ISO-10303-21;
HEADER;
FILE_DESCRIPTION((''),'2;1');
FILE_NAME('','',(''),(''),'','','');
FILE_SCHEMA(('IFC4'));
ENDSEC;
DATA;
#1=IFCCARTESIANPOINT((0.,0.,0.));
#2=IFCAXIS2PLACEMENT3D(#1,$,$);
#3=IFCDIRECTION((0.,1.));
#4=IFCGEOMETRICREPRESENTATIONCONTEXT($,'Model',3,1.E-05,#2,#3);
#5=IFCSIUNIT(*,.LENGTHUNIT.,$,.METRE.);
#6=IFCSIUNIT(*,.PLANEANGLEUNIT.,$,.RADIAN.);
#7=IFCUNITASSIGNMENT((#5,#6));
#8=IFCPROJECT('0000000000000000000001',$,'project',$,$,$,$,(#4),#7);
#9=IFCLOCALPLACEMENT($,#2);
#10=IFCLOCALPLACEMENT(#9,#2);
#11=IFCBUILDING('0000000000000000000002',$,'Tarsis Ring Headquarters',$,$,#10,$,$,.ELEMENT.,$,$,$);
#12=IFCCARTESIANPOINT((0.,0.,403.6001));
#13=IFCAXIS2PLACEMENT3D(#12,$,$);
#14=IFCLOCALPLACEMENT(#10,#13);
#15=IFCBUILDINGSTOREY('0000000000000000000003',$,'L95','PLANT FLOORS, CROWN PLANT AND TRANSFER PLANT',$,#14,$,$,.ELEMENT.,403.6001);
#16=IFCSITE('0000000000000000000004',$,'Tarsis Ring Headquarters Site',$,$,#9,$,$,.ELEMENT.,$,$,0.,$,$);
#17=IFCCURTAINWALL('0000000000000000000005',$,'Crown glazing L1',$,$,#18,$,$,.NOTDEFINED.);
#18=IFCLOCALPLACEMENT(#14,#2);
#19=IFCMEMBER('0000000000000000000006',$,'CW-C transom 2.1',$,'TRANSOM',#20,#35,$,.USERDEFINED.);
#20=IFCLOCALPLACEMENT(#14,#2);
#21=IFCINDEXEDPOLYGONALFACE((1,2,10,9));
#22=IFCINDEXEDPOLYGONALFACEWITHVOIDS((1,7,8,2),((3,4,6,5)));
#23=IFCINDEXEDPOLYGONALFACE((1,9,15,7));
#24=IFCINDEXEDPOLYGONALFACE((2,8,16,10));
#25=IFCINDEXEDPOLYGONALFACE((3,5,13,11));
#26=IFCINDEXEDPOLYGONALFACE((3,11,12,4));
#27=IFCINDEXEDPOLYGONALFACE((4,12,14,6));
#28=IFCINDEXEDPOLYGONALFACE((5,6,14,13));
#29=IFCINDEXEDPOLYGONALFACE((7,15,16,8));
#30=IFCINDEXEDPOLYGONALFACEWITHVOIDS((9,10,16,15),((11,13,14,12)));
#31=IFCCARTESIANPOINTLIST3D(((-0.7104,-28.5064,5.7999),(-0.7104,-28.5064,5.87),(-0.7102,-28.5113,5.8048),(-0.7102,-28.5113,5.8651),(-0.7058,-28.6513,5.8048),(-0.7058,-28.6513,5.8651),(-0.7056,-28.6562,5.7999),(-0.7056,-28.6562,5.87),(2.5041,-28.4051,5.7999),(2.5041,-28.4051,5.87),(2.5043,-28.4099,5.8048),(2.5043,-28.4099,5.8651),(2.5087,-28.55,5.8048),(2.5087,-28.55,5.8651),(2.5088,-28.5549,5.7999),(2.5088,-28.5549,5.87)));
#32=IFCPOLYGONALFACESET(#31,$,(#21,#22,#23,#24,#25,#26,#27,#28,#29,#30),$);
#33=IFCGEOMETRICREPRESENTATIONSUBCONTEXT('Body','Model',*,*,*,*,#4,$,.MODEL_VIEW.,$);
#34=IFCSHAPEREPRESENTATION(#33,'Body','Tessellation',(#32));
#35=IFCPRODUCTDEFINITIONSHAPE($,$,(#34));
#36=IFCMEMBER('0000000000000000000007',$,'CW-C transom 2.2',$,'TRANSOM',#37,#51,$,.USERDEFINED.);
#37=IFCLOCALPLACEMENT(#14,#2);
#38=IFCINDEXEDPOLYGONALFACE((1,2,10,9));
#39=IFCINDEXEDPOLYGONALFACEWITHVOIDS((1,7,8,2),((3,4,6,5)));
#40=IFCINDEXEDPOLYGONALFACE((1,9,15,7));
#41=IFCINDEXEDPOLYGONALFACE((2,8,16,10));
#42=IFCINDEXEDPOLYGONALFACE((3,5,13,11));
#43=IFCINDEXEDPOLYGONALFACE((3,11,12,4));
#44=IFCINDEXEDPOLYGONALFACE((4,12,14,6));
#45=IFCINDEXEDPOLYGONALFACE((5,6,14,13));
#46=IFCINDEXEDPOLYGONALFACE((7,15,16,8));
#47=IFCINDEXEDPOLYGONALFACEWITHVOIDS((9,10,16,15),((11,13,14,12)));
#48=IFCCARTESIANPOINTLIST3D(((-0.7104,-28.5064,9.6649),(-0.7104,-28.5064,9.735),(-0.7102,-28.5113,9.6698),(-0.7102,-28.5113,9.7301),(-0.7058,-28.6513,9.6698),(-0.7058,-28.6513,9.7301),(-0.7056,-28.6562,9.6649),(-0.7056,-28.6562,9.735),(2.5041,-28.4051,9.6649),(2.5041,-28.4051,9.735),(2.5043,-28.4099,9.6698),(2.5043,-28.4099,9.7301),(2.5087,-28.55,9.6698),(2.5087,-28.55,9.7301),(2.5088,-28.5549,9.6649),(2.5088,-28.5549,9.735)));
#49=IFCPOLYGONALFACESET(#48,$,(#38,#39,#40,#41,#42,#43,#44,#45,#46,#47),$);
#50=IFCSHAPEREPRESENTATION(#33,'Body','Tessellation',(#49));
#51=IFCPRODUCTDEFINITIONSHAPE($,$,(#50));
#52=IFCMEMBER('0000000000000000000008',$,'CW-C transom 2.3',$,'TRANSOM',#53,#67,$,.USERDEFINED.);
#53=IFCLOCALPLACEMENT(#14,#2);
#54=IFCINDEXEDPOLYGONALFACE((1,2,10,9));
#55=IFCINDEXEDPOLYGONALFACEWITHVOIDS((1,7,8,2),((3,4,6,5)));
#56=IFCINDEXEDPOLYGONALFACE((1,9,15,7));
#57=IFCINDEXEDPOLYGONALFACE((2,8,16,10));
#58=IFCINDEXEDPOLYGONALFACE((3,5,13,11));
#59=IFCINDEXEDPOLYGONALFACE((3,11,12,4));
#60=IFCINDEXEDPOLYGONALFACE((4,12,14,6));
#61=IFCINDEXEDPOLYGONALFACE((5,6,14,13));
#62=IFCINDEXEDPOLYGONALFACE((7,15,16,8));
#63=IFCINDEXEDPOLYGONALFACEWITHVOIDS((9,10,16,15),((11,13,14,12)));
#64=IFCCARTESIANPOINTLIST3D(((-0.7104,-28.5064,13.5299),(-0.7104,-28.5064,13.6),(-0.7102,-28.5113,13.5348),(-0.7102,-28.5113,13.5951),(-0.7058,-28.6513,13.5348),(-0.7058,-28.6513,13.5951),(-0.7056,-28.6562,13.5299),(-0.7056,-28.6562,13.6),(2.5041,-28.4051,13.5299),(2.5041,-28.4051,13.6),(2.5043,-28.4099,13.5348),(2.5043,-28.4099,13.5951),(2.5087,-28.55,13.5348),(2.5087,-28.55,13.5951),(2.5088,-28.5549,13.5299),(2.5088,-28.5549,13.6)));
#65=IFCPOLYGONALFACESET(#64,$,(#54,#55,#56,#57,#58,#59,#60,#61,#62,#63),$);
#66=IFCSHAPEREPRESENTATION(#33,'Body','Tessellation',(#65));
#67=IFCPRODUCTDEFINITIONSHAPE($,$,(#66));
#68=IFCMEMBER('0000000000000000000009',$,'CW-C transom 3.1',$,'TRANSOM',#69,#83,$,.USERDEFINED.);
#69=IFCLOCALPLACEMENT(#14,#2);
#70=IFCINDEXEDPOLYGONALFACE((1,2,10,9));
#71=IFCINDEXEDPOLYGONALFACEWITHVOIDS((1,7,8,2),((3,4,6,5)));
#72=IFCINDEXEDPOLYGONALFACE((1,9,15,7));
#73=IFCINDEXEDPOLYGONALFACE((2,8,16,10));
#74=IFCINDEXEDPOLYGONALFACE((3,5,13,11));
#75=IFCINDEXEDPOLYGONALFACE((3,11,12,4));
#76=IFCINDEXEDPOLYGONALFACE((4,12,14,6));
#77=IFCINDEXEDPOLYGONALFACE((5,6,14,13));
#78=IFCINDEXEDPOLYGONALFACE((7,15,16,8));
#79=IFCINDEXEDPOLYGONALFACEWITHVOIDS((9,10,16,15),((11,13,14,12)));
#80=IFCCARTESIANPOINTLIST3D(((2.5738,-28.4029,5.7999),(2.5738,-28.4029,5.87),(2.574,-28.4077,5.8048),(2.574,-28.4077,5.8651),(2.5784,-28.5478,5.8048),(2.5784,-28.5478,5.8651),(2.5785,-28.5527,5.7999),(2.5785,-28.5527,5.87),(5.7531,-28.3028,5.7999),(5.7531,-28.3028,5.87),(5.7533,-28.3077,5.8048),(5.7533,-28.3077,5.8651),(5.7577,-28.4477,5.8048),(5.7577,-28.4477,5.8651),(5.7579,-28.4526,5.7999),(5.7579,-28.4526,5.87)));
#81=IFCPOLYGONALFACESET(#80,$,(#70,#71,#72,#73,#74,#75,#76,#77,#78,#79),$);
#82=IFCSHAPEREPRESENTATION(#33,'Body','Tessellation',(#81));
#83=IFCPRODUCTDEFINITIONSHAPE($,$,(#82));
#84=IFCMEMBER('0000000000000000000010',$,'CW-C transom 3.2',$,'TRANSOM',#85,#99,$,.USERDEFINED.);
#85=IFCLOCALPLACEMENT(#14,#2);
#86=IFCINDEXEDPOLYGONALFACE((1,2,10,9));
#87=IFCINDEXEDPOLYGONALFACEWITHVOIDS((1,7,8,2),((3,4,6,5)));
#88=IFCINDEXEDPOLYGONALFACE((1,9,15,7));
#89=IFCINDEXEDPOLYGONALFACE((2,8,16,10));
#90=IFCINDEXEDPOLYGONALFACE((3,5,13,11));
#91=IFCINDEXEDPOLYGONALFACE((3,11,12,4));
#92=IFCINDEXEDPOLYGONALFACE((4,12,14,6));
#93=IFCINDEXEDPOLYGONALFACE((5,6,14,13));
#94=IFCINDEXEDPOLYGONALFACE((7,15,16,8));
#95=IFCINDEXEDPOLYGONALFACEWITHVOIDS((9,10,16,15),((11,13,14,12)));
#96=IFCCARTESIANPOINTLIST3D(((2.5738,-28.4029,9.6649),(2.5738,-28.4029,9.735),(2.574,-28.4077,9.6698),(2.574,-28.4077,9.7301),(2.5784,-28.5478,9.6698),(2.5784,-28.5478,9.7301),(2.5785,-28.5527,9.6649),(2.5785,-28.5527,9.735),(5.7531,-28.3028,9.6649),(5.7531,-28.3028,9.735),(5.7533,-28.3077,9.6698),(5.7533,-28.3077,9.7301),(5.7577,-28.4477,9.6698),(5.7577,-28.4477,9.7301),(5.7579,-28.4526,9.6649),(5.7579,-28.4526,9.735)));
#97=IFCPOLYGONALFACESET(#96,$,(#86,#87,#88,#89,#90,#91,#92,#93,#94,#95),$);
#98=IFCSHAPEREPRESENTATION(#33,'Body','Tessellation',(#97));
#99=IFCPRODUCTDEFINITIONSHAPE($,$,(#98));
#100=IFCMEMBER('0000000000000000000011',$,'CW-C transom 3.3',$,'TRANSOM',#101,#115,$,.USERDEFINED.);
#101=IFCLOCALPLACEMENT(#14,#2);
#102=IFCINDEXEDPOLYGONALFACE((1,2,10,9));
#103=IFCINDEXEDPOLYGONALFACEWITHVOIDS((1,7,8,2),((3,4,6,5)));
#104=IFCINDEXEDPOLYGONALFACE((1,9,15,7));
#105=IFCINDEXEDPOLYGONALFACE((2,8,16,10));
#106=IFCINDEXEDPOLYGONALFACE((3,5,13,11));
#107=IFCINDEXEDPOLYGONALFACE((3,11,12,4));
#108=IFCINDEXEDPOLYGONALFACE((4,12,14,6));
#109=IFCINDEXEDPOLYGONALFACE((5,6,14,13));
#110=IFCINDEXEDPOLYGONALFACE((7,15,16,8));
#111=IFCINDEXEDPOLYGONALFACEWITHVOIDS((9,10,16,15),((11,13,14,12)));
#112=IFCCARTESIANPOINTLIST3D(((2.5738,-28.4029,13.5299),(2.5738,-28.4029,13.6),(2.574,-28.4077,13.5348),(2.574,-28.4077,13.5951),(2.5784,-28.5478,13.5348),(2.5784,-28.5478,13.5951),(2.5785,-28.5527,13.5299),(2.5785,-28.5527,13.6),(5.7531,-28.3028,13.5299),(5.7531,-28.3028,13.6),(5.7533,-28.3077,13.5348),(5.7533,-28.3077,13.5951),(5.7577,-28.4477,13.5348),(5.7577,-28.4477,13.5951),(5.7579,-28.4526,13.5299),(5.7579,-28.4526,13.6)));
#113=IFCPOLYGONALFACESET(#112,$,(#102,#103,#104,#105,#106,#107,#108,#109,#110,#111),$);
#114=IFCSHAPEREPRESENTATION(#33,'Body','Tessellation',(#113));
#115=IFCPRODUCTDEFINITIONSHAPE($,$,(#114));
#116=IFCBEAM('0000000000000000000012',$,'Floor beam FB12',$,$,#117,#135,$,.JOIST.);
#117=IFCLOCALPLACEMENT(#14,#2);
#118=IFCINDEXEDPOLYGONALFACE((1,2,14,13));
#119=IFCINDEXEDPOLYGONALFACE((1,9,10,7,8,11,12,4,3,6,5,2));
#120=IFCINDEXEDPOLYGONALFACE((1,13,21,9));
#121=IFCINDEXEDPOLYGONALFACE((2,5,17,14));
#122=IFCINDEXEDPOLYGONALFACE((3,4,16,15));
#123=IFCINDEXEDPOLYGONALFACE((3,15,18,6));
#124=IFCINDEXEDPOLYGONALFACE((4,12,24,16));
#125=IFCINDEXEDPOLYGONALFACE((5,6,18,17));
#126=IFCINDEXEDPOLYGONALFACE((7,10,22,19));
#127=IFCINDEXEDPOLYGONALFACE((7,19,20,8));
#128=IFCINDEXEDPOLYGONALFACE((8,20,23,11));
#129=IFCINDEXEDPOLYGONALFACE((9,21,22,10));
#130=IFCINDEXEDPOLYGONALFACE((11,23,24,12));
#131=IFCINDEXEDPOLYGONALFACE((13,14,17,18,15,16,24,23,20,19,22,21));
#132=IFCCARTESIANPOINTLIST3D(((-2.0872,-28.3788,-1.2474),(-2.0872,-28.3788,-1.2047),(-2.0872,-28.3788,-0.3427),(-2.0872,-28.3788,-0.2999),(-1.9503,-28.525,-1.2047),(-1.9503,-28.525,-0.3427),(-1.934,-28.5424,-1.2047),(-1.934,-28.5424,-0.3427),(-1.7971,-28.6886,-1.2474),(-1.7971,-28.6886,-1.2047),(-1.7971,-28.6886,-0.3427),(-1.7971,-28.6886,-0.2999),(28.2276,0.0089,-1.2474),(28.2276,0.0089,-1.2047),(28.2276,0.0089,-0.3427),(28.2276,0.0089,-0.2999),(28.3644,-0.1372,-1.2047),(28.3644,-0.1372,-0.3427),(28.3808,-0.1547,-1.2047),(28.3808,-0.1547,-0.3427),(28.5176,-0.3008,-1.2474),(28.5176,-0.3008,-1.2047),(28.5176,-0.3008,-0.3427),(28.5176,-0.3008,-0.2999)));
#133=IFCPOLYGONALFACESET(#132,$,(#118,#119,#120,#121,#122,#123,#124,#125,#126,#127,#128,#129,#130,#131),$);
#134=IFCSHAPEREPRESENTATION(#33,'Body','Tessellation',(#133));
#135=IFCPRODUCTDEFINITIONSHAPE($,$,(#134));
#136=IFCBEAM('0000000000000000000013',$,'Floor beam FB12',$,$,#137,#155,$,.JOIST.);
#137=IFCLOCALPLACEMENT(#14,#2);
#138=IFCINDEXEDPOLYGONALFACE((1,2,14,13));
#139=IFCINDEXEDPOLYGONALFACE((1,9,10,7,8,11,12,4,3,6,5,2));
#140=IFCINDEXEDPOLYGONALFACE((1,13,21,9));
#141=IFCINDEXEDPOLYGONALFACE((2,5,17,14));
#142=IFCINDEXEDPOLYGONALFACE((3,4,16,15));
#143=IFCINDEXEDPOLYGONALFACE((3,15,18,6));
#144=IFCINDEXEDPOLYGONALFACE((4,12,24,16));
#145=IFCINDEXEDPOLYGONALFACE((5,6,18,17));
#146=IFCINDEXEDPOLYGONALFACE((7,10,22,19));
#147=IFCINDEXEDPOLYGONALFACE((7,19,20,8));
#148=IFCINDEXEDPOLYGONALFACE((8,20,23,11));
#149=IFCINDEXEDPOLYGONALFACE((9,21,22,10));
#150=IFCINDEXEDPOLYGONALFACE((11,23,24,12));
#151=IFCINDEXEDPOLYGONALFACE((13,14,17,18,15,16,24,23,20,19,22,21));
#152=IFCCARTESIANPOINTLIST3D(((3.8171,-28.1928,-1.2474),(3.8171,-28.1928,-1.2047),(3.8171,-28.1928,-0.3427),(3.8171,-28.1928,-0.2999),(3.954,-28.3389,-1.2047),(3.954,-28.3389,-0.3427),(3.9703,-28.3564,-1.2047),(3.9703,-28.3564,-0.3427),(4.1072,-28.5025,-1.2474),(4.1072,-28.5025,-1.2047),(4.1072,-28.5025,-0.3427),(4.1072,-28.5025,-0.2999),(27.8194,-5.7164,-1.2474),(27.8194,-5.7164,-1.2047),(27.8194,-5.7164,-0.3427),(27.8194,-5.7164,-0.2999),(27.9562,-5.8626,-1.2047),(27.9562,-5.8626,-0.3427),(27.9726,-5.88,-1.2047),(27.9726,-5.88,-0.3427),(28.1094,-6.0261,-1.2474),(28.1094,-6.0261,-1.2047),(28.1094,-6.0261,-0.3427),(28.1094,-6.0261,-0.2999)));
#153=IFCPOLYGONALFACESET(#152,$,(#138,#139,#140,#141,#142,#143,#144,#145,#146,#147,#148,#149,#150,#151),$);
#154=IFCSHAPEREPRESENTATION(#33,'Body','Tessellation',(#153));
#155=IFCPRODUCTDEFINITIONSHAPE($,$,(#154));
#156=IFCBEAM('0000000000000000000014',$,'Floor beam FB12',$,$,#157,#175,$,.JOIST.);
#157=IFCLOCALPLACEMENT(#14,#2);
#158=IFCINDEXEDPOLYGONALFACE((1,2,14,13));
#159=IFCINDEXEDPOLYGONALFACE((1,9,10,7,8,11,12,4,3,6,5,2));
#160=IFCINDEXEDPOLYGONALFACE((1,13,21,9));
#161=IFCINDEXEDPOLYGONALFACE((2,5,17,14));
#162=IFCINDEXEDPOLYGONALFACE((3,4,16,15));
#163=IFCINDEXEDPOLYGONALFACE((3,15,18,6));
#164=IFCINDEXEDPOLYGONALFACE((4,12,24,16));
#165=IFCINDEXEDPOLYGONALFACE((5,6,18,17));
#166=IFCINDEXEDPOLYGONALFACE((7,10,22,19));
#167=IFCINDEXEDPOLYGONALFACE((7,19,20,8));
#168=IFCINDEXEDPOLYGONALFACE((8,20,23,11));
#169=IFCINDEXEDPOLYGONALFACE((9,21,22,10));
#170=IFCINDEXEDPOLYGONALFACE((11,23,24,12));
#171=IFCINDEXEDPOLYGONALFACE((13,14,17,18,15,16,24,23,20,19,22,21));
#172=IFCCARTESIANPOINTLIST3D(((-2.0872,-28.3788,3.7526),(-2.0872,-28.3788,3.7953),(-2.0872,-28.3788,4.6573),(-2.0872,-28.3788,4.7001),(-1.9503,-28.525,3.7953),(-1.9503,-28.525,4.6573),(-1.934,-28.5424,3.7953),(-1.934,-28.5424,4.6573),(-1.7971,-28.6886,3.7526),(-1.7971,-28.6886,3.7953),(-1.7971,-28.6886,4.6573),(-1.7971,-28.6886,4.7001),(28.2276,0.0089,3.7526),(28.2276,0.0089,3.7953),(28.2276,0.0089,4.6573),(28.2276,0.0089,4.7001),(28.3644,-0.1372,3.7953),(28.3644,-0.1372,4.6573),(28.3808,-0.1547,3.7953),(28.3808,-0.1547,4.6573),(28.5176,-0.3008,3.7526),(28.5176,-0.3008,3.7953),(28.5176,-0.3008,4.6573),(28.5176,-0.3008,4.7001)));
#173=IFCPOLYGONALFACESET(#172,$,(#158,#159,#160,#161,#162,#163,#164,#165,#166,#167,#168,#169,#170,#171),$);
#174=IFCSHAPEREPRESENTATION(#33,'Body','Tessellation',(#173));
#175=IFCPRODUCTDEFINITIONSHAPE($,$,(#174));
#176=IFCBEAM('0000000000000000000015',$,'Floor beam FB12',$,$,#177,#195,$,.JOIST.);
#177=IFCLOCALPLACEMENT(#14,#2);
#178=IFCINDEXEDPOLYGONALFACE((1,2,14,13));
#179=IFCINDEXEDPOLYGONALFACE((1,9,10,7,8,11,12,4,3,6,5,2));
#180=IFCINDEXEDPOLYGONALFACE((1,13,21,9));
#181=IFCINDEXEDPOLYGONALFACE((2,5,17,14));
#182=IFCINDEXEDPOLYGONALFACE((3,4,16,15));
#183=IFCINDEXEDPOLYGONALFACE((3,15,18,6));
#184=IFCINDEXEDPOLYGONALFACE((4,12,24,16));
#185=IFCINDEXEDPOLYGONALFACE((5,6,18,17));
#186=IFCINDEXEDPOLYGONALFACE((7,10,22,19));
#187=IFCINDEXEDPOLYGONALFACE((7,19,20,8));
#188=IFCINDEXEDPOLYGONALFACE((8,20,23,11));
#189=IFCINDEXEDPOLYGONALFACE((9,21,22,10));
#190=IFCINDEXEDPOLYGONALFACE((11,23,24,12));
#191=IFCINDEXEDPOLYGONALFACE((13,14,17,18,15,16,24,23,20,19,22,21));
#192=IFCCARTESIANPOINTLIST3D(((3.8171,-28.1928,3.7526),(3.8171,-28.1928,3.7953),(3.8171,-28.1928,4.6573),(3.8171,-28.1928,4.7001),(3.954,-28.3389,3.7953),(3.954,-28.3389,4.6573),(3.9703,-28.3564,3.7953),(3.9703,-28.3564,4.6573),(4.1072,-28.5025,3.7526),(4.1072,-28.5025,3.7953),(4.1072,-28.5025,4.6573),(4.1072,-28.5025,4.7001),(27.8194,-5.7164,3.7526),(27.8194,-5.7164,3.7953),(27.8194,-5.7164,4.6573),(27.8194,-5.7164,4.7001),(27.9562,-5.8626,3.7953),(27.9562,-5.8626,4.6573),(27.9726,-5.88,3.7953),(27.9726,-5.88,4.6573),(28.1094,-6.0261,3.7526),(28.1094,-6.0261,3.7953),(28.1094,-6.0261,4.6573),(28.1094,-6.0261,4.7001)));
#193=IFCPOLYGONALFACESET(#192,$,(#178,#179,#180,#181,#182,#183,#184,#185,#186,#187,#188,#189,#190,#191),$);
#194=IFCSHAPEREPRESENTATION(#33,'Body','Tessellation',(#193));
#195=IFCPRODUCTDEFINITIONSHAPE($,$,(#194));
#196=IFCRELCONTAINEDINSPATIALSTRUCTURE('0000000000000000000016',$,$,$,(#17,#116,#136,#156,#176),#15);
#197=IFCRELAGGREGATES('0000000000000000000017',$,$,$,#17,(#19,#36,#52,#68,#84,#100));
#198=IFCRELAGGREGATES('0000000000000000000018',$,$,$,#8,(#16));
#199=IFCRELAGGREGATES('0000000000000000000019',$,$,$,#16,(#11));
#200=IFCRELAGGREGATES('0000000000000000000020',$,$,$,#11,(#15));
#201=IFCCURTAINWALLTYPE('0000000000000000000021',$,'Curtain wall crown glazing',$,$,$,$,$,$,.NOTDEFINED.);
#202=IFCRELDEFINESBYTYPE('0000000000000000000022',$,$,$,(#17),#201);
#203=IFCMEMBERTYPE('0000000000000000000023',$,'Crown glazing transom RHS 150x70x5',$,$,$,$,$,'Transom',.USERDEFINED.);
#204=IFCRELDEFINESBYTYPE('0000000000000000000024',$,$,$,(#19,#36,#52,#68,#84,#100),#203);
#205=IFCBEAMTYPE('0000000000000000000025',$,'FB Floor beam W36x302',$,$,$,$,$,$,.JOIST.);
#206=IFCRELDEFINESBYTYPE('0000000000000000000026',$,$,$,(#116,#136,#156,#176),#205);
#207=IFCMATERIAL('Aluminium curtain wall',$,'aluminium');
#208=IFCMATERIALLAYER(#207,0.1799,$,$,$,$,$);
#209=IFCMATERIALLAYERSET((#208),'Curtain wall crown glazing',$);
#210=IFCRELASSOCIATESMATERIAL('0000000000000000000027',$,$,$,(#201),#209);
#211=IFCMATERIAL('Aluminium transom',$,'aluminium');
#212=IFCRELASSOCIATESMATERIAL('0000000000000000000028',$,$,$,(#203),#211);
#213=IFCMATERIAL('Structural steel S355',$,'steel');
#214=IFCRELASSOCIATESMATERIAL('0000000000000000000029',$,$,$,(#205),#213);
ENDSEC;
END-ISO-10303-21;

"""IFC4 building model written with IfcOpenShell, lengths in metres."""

from ifc_helpers import new_model, si_unit, direction, frame, origin, origin_2d, place, context, subcontext, project, spatial, hollow_rectangle, i_section, extrude, material, layer, layer_set, material_profile, profile_set, type_object, element, aggregate, save


model = new_model("IFC4")

# Units and contexts
model_context = context("Model", 3, precision=1e-05, world=origin(), true_north=direction((0.0, 1.0)))
body_context = subcontext(model_context, "Body", "Model", "MODEL_VIEW")
ifc_project = project(units=[si_unit("LENGTHUNIT", "METRE"), si_unit("PLANEANGLEUNIT", "RADIAN")], contexts=[model_context])

# Site, building, storey
site_placement = place(None, origin())
site = spatial("IfcSite", under=ifc_project, at=site_placement, Name="Tarsis Ring Headquarters Site", CompositionType="ELEMENT", RefElevation=0.0)
building_placement = place(site_placement, origin())
building = spatial("IfcBuilding", under=site, at=building_placement, Name="Tarsis Ring Headquarters", CompositionType="ELEMENT")
storey_placement = place(building_placement, frame((0.0, 0.0, 403.6001)))
storey = spatial("IfcBuildingStorey", under=building, at=storey_placement, Name="L95", Description="PLANT FLOORS, CROWN PLANT AND TRANSFER PLANT", CompositionType="ELEMENT", Elevation=403.6001)

# Shared definitions
ifc_material_1 = material(Name="Structural steel S355", Category="steel")

# Curtain wall, members
ifc_material_2 = material(Name="Aluminium curtain wall", Category="aluminium")
ifc_layer_1 = layer(ifc_material_2, 0.1799)
ifc_layer_set_1 = layer_set([ifc_layer_1], Name="Curtain wall crown glazing")
curtain_wall_type = type_object("IfcCurtainWallType", Name="Curtain wall crown glazing", PredefinedType="NOTDEFINED", material=ifc_layer_set_1)
curtain_wall_placement = place(storey_placement, origin())
curtain_wall = element("IfcCurtainWall", 1, at=curtain_wall_placement, inside=storey, type_object=curtain_wall_type, Name="Crown glazing L1", PredefinedType="NOTDEFINED")
ifc_material_3 = material(Name="Aluminium transom", Category="aluminium")
ifc_material_profile_1 = material_profile(ifc_material_3, hollow_rectangle(XDim=0.1499, YDim=0.0701, WallThickness=0.0049, at=origin_2d()), Name="RHS 150x70x5")
ifc_profile_set_1 = profile_set([ifc_material_profile_1], Name="Aluminium transom")
member_type_1 = type_object("IfcMemberType", Name="Crown glazing transom RHS 150x70x5", ElementType="Transom", PredefinedType="USERDEFINED", material=ifc_profile_set_1)
member_1_placement = place(storey_placement, frame((-0.708, -28.5813, 5.835), z_axis=(0.999504, 0.031505, 0.0), x_axis=(-0.031505, 0.999504, 0.0)))
member_1 = element("IfcMember", 2, at=member_1_placement, type_object=member_type_1, Name="CW-C transom 2.1", ObjectType="TRANSOM", PredefinedType="USERDEFINED", context=body_context, shape_type="SweptSolid", body=[
    extrude(hollow_rectangle(XDim=0.1499, YDim=0.0701, WallThickness=0.0049, at=origin_2d()), origin(), (0.0, 0.0, 1.0), 3.2161),
])
member_2_placement = place(storey_placement, frame((-0.708, -28.5813, 9.7), z_axis=(0.999504, 0.031505, 0.0), x_axis=(-0.031505, 0.999504, 0.0)))
member_2 = element("IfcMember", 3, at=member_2_placement, type_object=member_type_1, Name="CW-C transom 2.2", ObjectType="TRANSOM", PredefinedType="USERDEFINED", context=body_context, shape_type="SweptSolid", body=[
    extrude(hollow_rectangle(XDim=0.1499, YDim=0.0701, WallThickness=0.0049, at=origin_2d()), origin(), (0.0, 0.0, 1.0), 3.2161),
])
member_3_placement = place(storey_placement, frame((-0.708, -28.5813, 13.5649), z_axis=(0.999504, 0.031505, 0.0), x_axis=(-0.031505, 0.999504, 0.0)))
member_3 = element("IfcMember", 4, at=member_3_placement, type_object=member_type_1, Name="CW-C transom 2.3", ObjectType="TRANSOM", PredefinedType="USERDEFINED", context=body_context, shape_type="SweptSolid", body=[
    extrude(hollow_rectangle(XDim=0.1499, YDim=0.0701, WallThickness=0.0049, at=origin_2d()), origin(), (0.0, 0.0, 1.0), 3.2161),
])
member_4_placement = place(storey_placement, frame((2.5762, -28.4778, 5.835), z_axis=(0.999505, 0.031467, 0.0), x_axis=(-0.031467, 0.999505, 0.0)))
member_4 = element("IfcMember", 5, at=member_4_placement, type_object=member_type_1, Name="CW-C transom 3.1", ObjectType="TRANSOM", PredefinedType="USERDEFINED", context=body_context, shape_type="SweptSolid", body=[
    extrude(hollow_rectangle(XDim=0.1499, YDim=0.0701, WallThickness=0.0049, at=origin_2d()), origin(), (0.0, 0.0, 1.0), 3.1809),
])
member_5_placement = place(storey_placement, frame((2.5762, -28.4778, 9.7), z_axis=(0.999505, 0.031467, 0.0), x_axis=(-0.031467, 0.999505, 0.0)))
member_5 = element("IfcMember", 6, at=member_5_placement, type_object=member_type_1, Name="CW-C transom 3.2", ObjectType="TRANSOM", PredefinedType="USERDEFINED", context=body_context, shape_type="SweptSolid", body=[
    extrude(hollow_rectangle(XDim=0.1499, YDim=0.0701, WallThickness=0.0049, at=origin_2d()), origin(), (0.0, 0.0, 1.0), 3.1809),
])
member_6_placement = place(storey_placement, frame((2.5762, -28.4778, 13.5649), z_axis=(0.999505, 0.031467, 0.0), x_axis=(-0.031467, 0.999505, 0.0)))
member_6 = element("IfcMember", 7, at=member_6_placement, type_object=member_type_1, Name="CW-C transom 3.3", ObjectType="TRANSOM", PredefinedType="USERDEFINED", context=body_context, shape_type="SweptSolid", body=[
    extrude(hollow_rectangle(XDim=0.1499, YDim=0.0701, WallThickness=0.0049, at=origin_2d()), origin(), (0.0, 0.0, 1.0), 3.1809),
])

# Beams
ifc_material_profile_2 = material_profile(ifc_material_1, i_section(OverallWidth=0.4243, OverallDepth=0.9475, WebThickness=0.0239, FlangeThickness=0.0427, at=origin_2d()), Name="W36x302")
ifc_profile_set_2 = profile_set([ifc_material_profile_2], Name="Structural steel S355")
beam_type = type_object("IfcBeamType", Name="FB Floor beam W36x302", PredefinedType="JOIST", material=ifc_profile_set_2)
beam_1_placement = place(storey_placement, frame((-1.9421, -28.5337, -0.7737), z_axis=(0.729926, 0.683527, 0.0), x_axis=(-0.683527, 0.729926, 0.0)))
element("IfcBeam", 8, at=beam_1_placement, inside=storey, type_object=beam_type, Name="Floor beam FB12", PredefinedType="JOIST", context=body_context, shape_type="SweptSolid", body=[
    extrude(i_section(OverallWidth=0.4243, OverallDepth=0.9475, WebThickness=0.0239, FlangeThickness=0.0427, at=origin_2d()), origin(), (0.0, 0.0, 1.0), 41.5312),
])
beam_2_placement = place(storey_placement, frame((3.9622, -28.3477, -0.7737), z_axis=(0.729928, 0.683524, 0.0), x_axis=(-0.683524, 0.729928, 0.0)))
element("IfcBeam", 9, at=beam_2_placement, inside=storey, type_object=beam_type, Name="Floor beam FB12", PredefinedType="JOIST", context=body_context, shape_type="SweptSolid", body=[
    extrude(i_section(OverallWidth=0.4243, OverallDepth=0.9475, WebThickness=0.0239, FlangeThickness=0.0427, at=origin_2d()), origin(), (0.0, 0.0, 1.0), 32.8831),
])
beam_3_placement = place(storey_placement, frame((-1.9421, -28.5337, 4.2263), z_axis=(0.729926, 0.683527, 0.0), x_axis=(-0.683527, 0.729926, 0.0)))
element("IfcBeam", 10, at=beam_3_placement, inside=storey, type_object=beam_type, Name="Floor beam FB12", PredefinedType="JOIST", context=body_context, shape_type="SweptSolid", body=[
    extrude(i_section(OverallWidth=0.4243, OverallDepth=0.9475, WebThickness=0.0239, FlangeThickness=0.0427, at=origin_2d()), origin(), (0.0, 0.0, 1.0), 41.5312),
])
beam_4_placement = place(storey_placement, frame((3.9622, -28.3477, 4.2263), z_axis=(0.729928, 0.683524, 0.0), x_axis=(-0.683524, 0.729928, 0.0)))
element("IfcBeam", 11, at=beam_4_placement, inside=storey, type_object=beam_type, Name="Floor beam FB12", PredefinedType="JOIST", context=body_context, shape_type="SweptSolid", body=[
    extrude(i_section(OverallWidth=0.4243, OverallDepth=0.9475, WebThickness=0.0239, FlangeThickness=0.0427, at=origin_2d()), origin(), (0.0, 0.0, 1.0), 32.8831),
])

aggregate(curtain_wall, [member_1, member_2, member_3, member_4, member_5, member_6])

save(model, "model.ifc")
